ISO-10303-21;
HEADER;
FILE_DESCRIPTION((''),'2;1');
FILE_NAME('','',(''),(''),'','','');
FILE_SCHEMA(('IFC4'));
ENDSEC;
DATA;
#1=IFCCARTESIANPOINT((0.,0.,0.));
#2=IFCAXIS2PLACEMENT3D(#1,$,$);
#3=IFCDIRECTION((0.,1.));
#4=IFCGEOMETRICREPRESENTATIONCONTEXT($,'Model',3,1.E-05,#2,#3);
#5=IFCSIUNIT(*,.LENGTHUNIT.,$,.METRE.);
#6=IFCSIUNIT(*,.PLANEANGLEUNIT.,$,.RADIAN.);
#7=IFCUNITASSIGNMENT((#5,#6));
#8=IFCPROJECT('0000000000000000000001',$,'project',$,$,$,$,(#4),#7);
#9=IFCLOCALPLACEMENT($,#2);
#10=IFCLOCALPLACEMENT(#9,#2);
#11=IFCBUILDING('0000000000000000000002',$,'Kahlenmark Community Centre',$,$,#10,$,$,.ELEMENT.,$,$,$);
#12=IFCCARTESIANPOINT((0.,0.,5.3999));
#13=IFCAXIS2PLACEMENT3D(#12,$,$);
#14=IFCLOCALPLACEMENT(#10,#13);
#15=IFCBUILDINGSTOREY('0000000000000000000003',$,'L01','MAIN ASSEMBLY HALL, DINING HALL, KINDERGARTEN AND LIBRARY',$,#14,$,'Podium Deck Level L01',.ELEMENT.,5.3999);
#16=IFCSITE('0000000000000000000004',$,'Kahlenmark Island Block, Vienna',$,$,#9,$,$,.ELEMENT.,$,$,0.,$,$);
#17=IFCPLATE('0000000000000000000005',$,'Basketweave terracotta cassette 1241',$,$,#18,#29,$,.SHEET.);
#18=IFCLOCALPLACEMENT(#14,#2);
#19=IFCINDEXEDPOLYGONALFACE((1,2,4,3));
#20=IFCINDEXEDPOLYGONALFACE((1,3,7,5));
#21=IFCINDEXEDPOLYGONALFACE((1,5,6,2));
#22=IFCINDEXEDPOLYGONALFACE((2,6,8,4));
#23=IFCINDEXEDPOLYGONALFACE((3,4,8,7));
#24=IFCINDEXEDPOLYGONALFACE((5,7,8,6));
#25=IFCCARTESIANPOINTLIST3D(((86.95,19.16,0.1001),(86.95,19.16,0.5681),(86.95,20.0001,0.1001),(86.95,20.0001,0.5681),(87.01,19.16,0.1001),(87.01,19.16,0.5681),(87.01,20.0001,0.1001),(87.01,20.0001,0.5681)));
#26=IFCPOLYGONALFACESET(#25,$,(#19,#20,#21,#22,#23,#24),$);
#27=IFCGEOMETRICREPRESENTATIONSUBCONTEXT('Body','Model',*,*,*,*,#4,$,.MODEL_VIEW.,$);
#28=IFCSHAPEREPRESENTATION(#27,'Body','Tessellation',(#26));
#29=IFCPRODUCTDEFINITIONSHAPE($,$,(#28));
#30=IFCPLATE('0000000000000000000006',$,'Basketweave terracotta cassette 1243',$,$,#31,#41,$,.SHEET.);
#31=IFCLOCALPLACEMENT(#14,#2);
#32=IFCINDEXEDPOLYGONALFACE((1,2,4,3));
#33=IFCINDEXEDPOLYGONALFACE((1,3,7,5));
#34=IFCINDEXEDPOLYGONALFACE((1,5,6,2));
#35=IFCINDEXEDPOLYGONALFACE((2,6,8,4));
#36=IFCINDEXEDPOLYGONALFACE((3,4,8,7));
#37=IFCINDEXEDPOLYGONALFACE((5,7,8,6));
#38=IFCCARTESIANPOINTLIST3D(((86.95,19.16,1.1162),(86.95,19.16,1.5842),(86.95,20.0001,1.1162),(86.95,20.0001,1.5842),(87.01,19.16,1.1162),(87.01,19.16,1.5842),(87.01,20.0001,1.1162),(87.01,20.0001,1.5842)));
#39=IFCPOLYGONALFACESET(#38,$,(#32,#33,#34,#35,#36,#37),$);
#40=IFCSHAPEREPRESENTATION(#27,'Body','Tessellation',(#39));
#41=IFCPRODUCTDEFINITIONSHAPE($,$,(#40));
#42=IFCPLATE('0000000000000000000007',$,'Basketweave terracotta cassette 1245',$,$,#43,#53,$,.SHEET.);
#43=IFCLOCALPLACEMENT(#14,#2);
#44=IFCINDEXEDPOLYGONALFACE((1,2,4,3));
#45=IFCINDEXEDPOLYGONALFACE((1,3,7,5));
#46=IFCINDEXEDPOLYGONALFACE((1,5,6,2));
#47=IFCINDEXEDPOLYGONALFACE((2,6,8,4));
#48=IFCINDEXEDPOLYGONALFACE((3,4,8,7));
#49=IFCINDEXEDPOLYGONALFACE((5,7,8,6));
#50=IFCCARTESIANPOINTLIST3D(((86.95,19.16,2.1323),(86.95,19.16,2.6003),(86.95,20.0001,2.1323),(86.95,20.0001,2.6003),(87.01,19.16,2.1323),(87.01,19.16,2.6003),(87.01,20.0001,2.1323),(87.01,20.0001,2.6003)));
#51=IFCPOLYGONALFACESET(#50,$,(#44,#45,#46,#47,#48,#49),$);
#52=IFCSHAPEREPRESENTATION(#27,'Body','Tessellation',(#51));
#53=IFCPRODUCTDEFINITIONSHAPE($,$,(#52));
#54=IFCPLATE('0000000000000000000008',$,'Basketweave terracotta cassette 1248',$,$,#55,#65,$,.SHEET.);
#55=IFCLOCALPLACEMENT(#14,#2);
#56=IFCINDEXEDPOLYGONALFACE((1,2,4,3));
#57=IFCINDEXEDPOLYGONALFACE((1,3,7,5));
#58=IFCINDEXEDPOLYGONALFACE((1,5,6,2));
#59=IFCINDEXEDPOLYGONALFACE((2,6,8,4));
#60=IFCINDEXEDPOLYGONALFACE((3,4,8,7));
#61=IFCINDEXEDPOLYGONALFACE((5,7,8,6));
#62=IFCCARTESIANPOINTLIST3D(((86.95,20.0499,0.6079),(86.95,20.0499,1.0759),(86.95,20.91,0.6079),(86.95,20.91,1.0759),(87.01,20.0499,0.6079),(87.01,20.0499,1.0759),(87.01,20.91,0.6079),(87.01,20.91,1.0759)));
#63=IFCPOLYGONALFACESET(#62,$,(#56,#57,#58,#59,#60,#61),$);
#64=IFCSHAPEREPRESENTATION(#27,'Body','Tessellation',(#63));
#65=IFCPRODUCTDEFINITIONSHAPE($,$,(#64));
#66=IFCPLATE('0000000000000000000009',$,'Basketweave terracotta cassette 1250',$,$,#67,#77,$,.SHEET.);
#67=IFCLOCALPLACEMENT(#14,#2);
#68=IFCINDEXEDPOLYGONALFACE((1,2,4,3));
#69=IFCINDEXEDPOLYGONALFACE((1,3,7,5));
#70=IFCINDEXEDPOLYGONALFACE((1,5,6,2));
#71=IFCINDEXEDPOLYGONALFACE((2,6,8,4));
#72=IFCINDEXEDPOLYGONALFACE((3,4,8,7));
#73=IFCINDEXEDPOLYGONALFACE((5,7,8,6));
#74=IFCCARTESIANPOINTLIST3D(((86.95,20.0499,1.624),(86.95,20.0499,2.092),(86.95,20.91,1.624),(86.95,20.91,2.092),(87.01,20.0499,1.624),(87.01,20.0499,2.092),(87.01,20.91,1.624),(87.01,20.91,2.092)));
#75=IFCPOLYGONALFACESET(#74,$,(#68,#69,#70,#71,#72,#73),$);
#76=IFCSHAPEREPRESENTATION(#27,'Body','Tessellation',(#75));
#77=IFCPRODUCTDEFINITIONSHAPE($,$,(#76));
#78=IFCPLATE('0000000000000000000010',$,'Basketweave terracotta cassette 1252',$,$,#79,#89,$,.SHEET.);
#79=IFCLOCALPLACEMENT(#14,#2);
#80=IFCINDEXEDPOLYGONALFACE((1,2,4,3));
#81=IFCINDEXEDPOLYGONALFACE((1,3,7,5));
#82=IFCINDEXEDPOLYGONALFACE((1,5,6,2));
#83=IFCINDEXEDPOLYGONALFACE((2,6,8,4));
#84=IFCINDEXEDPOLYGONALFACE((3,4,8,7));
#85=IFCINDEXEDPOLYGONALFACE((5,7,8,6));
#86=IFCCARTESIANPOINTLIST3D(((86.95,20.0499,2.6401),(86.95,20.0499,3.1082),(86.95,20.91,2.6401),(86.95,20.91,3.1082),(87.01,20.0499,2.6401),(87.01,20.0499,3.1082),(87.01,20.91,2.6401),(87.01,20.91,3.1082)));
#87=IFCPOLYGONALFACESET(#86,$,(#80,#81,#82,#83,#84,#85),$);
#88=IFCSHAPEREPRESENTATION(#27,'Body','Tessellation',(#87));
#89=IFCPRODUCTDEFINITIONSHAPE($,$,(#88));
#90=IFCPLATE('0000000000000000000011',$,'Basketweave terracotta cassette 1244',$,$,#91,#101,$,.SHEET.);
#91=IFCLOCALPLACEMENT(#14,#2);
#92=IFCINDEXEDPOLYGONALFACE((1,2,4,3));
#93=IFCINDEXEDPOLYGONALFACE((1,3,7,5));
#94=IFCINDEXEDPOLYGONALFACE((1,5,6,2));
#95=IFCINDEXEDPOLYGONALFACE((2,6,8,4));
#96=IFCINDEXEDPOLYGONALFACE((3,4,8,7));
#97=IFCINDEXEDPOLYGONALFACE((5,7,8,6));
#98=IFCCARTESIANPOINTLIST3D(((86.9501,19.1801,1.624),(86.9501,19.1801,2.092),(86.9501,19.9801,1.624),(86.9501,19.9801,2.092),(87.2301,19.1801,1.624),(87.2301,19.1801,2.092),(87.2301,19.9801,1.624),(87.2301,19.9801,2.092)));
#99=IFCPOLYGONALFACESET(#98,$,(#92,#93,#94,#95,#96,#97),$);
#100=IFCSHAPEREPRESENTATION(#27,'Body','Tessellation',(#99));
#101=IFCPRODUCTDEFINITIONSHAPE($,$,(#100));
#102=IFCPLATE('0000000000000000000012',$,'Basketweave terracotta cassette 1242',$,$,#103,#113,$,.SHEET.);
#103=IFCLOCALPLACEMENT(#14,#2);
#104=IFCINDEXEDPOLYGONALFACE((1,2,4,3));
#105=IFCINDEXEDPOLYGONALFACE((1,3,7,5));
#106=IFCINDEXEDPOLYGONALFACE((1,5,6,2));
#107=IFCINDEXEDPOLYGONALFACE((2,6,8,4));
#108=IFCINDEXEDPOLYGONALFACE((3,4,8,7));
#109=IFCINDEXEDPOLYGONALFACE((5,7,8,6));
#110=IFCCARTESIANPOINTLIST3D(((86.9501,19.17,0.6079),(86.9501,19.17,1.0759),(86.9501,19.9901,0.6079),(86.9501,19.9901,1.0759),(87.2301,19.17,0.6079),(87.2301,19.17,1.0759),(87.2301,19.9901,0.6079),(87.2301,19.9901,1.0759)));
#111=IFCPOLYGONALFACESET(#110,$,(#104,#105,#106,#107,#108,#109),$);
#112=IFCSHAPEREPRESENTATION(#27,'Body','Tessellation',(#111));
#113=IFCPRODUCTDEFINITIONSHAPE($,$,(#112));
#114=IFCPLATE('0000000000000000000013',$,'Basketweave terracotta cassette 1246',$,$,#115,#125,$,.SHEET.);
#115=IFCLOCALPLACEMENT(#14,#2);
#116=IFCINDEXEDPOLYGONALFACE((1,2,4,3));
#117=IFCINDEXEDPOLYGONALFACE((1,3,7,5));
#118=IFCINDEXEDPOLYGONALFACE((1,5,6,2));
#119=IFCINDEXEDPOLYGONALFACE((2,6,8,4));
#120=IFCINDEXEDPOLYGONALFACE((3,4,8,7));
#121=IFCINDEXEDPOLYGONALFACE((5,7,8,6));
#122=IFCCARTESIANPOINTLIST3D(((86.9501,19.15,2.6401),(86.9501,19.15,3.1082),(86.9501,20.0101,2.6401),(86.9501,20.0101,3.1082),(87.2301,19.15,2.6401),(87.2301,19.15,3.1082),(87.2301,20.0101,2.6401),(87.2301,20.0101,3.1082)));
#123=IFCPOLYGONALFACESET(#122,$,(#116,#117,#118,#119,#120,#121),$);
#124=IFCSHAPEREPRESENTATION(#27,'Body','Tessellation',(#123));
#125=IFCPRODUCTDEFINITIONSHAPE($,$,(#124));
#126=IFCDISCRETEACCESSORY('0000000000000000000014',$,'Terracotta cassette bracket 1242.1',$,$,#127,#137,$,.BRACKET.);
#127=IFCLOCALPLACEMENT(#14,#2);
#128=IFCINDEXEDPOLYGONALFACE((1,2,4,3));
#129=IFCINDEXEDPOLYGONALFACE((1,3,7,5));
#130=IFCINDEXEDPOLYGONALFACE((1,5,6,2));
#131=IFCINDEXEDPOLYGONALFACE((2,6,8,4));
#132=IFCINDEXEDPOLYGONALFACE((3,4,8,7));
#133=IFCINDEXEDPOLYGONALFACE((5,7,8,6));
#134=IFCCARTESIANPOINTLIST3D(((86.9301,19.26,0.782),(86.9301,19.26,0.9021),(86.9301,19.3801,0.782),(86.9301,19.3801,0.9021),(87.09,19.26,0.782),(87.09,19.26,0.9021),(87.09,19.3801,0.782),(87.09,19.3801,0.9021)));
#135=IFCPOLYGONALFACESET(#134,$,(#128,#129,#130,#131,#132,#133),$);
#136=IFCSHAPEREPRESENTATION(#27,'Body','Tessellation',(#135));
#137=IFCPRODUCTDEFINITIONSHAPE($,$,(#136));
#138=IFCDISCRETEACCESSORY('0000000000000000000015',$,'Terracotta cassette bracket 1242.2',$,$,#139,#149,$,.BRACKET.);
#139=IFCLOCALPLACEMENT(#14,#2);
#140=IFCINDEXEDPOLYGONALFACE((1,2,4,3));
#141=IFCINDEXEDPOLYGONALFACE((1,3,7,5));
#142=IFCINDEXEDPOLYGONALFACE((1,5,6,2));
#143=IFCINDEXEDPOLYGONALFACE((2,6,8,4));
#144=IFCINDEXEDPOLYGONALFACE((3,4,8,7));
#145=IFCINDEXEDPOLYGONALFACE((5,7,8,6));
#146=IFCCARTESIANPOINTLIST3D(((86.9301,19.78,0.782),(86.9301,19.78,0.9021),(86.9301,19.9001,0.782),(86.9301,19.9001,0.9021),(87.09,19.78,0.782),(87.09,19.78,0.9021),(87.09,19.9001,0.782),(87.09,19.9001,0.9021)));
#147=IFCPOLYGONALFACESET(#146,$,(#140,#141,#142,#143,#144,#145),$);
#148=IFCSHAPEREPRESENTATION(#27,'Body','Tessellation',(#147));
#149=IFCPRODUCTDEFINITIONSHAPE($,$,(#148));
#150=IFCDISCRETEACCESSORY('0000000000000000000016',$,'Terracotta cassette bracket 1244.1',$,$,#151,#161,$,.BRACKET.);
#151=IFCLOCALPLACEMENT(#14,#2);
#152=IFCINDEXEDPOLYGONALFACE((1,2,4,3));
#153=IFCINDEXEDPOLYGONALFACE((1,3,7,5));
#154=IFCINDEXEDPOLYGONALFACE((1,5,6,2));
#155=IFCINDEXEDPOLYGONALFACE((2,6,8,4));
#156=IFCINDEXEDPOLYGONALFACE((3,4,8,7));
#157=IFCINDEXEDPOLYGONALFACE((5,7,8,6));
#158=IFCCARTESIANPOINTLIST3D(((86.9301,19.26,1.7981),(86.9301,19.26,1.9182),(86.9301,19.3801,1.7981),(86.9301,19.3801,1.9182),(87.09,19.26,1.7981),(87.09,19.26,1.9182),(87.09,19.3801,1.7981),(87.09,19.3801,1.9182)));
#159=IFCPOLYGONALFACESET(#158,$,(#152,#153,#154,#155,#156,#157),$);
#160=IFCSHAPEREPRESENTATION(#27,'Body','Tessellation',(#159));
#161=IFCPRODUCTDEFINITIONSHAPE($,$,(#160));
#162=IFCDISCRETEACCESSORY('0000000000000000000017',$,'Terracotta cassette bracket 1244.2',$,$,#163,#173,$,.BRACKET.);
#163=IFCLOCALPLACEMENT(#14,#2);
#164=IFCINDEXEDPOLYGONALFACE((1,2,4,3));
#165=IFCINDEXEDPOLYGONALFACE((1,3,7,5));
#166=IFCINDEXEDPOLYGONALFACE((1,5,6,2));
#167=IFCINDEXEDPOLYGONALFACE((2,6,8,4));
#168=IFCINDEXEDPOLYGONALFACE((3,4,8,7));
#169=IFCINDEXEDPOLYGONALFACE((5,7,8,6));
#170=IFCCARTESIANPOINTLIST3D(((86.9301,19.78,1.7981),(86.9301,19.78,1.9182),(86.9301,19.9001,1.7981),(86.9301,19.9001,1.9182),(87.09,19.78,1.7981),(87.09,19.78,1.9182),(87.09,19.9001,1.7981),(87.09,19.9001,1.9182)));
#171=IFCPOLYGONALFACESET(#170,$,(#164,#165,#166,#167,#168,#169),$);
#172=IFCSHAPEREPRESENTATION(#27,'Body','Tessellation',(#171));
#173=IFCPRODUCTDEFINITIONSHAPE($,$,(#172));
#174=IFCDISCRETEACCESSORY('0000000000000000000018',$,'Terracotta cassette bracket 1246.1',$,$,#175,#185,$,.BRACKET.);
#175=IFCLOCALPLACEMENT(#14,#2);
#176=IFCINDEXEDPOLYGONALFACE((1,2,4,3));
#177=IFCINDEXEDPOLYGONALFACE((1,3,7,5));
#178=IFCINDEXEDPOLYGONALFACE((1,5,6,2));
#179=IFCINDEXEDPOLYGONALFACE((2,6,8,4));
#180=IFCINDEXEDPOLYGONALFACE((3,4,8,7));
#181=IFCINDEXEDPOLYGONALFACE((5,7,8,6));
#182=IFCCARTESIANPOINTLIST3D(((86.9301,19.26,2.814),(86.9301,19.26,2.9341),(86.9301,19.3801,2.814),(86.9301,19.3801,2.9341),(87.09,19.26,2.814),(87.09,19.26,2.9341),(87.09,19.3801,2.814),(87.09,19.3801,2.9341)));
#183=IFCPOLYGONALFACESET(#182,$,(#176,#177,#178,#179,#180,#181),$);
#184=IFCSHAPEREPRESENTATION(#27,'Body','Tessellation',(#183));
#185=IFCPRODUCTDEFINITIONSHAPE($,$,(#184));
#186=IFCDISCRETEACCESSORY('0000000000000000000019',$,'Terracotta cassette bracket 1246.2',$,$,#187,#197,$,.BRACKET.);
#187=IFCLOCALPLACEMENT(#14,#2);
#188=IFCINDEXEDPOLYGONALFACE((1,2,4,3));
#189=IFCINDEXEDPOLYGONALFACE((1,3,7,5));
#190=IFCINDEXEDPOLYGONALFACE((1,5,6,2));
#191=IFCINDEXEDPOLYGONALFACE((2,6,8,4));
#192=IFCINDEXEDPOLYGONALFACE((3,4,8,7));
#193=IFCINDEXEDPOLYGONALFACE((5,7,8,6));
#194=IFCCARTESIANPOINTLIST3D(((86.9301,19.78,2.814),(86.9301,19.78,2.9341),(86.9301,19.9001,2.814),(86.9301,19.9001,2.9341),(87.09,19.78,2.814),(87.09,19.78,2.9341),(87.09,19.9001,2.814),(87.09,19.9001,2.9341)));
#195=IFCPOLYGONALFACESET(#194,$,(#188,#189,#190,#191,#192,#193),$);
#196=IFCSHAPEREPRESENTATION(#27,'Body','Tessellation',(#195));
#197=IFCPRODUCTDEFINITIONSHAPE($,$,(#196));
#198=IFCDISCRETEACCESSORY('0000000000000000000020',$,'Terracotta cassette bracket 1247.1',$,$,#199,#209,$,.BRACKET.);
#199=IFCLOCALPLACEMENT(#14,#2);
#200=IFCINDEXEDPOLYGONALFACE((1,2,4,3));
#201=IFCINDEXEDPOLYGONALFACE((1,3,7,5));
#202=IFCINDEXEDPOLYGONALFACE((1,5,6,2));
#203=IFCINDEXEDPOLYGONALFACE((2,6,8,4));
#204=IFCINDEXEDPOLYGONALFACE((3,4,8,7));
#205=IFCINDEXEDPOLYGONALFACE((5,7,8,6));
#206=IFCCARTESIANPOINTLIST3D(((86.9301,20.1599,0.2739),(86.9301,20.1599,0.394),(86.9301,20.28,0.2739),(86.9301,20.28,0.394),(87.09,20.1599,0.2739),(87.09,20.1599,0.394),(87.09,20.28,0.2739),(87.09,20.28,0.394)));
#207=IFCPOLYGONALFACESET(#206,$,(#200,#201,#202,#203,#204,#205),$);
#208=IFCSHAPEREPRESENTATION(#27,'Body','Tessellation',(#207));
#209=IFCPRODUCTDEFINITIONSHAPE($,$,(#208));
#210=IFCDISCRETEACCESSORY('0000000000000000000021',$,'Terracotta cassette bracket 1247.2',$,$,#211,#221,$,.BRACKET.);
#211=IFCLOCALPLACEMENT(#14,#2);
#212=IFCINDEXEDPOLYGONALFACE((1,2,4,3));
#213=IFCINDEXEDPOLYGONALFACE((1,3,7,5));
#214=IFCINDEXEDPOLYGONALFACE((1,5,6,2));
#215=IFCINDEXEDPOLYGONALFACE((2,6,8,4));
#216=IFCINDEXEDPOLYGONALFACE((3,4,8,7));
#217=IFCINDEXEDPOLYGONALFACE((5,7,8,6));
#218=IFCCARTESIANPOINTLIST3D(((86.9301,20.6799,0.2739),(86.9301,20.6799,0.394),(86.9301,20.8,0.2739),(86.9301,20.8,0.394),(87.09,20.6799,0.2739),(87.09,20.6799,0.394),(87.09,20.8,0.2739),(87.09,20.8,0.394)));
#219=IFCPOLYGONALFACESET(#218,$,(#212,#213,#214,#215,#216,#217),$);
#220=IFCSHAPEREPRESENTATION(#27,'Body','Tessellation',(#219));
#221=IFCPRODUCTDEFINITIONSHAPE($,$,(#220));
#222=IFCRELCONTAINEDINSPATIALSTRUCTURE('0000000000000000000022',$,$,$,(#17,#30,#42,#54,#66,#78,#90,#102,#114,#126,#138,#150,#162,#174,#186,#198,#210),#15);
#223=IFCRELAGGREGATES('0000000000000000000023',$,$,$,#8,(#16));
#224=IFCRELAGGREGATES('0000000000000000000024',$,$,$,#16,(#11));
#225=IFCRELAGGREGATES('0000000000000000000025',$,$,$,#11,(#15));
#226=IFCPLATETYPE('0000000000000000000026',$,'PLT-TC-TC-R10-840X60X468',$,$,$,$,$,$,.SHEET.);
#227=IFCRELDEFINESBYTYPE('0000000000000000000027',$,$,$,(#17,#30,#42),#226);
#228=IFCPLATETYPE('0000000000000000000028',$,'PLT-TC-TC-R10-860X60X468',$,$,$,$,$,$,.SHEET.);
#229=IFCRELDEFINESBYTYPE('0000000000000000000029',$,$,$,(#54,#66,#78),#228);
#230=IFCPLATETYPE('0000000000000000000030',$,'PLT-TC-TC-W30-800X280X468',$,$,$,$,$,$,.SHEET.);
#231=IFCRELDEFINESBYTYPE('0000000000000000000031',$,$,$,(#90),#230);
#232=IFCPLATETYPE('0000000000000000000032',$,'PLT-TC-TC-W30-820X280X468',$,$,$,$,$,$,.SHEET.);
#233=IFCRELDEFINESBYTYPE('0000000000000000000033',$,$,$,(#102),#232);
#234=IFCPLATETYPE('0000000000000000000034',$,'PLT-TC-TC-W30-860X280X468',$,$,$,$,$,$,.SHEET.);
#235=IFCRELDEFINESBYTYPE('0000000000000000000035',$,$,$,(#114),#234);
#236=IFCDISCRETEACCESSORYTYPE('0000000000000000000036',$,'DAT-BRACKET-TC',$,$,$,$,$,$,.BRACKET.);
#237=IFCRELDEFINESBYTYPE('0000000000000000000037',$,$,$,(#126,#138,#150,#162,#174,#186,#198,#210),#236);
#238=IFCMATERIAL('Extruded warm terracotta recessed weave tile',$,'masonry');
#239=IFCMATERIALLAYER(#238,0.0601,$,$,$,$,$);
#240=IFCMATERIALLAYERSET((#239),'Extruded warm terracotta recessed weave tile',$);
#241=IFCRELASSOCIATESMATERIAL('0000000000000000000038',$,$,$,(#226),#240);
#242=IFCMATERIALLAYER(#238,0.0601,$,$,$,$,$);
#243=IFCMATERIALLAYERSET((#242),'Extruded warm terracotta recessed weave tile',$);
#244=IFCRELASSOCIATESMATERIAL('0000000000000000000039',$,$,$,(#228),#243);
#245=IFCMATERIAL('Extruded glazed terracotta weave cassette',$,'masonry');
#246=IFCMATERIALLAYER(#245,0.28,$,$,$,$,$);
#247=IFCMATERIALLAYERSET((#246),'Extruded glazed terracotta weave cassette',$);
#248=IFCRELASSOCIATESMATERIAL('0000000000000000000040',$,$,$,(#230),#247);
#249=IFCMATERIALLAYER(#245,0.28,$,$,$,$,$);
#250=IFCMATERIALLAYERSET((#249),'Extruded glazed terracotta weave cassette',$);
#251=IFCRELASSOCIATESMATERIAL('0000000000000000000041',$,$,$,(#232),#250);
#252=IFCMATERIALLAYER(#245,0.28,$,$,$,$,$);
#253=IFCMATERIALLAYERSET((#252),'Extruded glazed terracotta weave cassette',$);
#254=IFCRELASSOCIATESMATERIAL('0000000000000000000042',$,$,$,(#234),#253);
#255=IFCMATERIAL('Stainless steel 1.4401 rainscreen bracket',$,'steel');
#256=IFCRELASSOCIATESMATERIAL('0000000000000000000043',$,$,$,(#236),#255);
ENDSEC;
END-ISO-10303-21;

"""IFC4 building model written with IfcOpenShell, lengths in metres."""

from ifc_helpers import new_model, si_unit, direction, frame, origin, origin_2d, place, context, subcontext, project, spatial, rectangle, extrude, material, layer, layer_set, type_object, element, save


model = new_model("IFC4")

# Units and contexts
model_context = context("Model", 3, precision=1e-05, world=origin(), true_north=direction((0.0, 1.0)))
body_context = subcontext(model_context, "Body", "Model", "MODEL_VIEW")
ifc_project = project(units=[si_unit("LENGTHUNIT", "METRE"), si_unit("PLANEANGLEUNIT", "RADIAN")], contexts=[model_context])

# Site, building, storey
site_placement = place(None, origin())
site = spatial("IfcSite", under=ifc_project, at=site_placement, Name="Kahlenmark Island Block, Vienna", CompositionType="ELEMENT", RefElevation=0.0)
building_placement = place(site_placement, origin())
building = spatial("IfcBuilding", under=site, at=building_placement, Name="Kahlenmark Community Centre", CompositionType="ELEMENT")
storey_placement = place(building_placement, frame((0.0, 0.0, 5.3999)))
storey = spatial("IfcBuildingStorey", under=building, at=storey_placement, Name="L01", Description="MAIN ASSEMBLY HALL, DINING HALL, KINDERGARTEN AND LIBRARY", LongName="Podium Deck Level L01", CompositionType="ELEMENT", Elevation=5.3999)

# Plates
ifc_material_1 = material(Name="Extruded warm terracotta recessed weave tile", Category="masonry")
ifc_layer_1 = layer(ifc_material_1, 0.0601)
ifc_layer_set_1 = layer_set([ifc_layer_1], Name="Extruded warm terracotta recessed weave tile")
plate_type_1 = type_object("IfcPlateType", Name="PLT-TC-TC-R10-840X60X468", PredefinedType="SHEET", material=ifc_layer_set_1)
for number, where, z_axis, x_axis, name in (
    (1, (86.98, 19.5801, 0.1001), (0.0, 0.0, 1.0), (0.0, 1.0, 0.0), "Basketweave terracotta cassette 1241"),
    (2, (86.98, 19.5801, 1.1162), (0.0, 0.0, 1.0), (0.0, 1.0, 0.0), "Basketweave terracotta cassette 1243"),
    (3, (86.98, 19.5801, 2.1323), (0.0, 0.0, 1.0), (0.0, 1.0, 0.0), "Basketweave terracotta cassette 1245"),
):
    element("IfcPlate", number, at=place(storey_placement, frame(where, z_axis=z_axis, x_axis=x_axis)), inside=storey, type_object=plate_type_1, Name=name, PredefinedType="SHEET", context=body_context, shape_type="SweptSolid", body=[
        extrude(rectangle(XDim=0.8401, YDim=0.0601, at=origin_2d()), origin(), (0.0, 0.0, 1.0), 0.468),
    ])
ifc_layer_2 = layer(ifc_material_1, 0.0601)
ifc_layer_set_2 = layer_set([ifc_layer_2], Name="Extruded warm terracotta recessed weave tile")
plate_type_2 = type_object("IfcPlateType", Name="PLT-TC-TC-R10-860X60X468", PredefinedType="SHEET", material=ifc_layer_set_2)
for number, where, z_axis, x_axis, name in (
    (4, (86.98, 20.48, 0.6079), (0.0, 0.0, 1.0), (0.0, 1.0, 0.0), "Basketweave terracotta cassette 1248"),
    (5, (86.98, 20.48, 1.624), (0.0, 0.0, 1.0), (0.0, 1.0, 0.0), "Basketweave terracotta cassette 1250"),
    (6, (86.98, 20.48, 2.6401), (0.0, 0.0, 1.0), (0.0, 1.0, 0.0), "Basketweave terracotta cassette 1252"),
):
    element("IfcPlate", number, at=place(storey_placement, frame(where, z_axis=z_axis, x_axis=x_axis)), inside=storey, type_object=plate_type_2, Name=name, PredefinedType="SHEET", context=body_context, shape_type="SweptSolid", body=[
        extrude(rectangle(XDim=0.8601, YDim=0.0601, at=origin_2d()), origin(), (0.0, 0.0, 1.0), 0.468),
    ])
ifc_material_2 = material(Name="Extruded glazed terracotta weave cassette", Category="masonry")
ifc_layer_3 = layer(ifc_material_2, 0.28)
ifc_layer_set_3 = layer_set([ifc_layer_3], Name="Extruded glazed terracotta weave cassette")
plate_type_3 = type_object("IfcPlateType", Name="PLT-TC-TC-W30-800X280X468", PredefinedType="SHEET", material=ifc_layer_set_3)
plate_1_placement = place(storey_placement, frame((87.0901, 19.5801, 1.624), z_axis=(0.0, 0.0, 1.0), x_axis=(0.0, 1.0, 0.0)))
element("IfcPlate", 7, at=plate_1_placement, inside=storey, type_object=plate_type_3, Name="Basketweave terracotta cassette 1244", PredefinedType="SHEET", context=body_context, shape_type="SweptSolid", body=[
    extrude(rectangle(XDim=0.8, YDim=0.28, at=origin_2d()), origin(), (0.0, 0.0, 1.0), 0.468),
])
ifc_layer_4 = layer(ifc_material_2, 0.28)
ifc_layer_set_4 = layer_set([ifc_layer_4], Name="Extruded glazed terracotta weave cassette")
plate_type_4 = type_object("IfcPlateType", Name="PLT-TC-TC-W30-820X280X468", PredefinedType="SHEET", material=ifc_layer_set_4)
plate_2_placement = place(storey_placement, frame((87.0901, 19.5801, 0.6079), z_axis=(0.0, 0.0, 1.0), x_axis=(0.0, 1.0, 0.0)))
element("IfcPlate", 8, at=plate_2_placement, inside=storey, type_object=plate_type_4, Name="Basketweave terracotta cassette 1242", PredefinedType="SHEET", context=body_context, shape_type="SweptSolid", body=[
    extrude(rectangle(XDim=0.8201, YDim=0.28, at=origin_2d()), origin(), (0.0, 0.0, 1.0), 0.468),
])
ifc_layer_5 = layer(ifc_material_2, 0.28)
ifc_layer_set_5 = layer_set([ifc_layer_5], Name="Extruded glazed terracotta weave cassette")
plate_type_5 = type_object("IfcPlateType", Name="PLT-TC-TC-W30-860X280X468", PredefinedType="SHEET", material=ifc_layer_set_5)
plate_3_placement = place(storey_placement, frame((87.0901, 19.5801, 2.6401), z_axis=(0.0, 0.0, 1.0), x_axis=(0.0, 1.0, 0.0)))
element("IfcPlate", 9, at=plate_3_placement, inside=storey, type_object=plate_type_5, Name="Basketweave terracotta cassette 1246", PredefinedType="SHEET", context=body_context, shape_type="SweptSolid", body=[
    extrude(rectangle(XDim=0.8601, YDim=0.28, at=origin_2d()), origin(), (0.0, 0.0, 1.0), 0.468),
])

# Discrete accessories
ifc_material_3 = material(Name="Stainless steel 1.4401 rainscreen bracket", Category="steel")
discrete_accessory_type = type_object("IfcDiscreteAccessoryType", Name="DAT-BRACKET-TC", PredefinedType="BRACKET", material=ifc_material_3)
for number, where, z_axis, x_axis, name in (
    (10, (87.01, 19.3201, 0.782), (0.0, 0.0, 1.0), (0.0, 1.0, 0.0), "Terracotta cassette bracket 1242.1"),
    (11, (87.01, 19.8401, 0.782), (0.0, 0.0, 1.0), (0.0, 1.0, 0.0), "Terracotta cassette bracket 1242.2"),
    (12, (87.01, 19.3201, 1.7981), (0.0, 0.0, 1.0), (0.0, 1.0, 0.0), "Terracotta cassette bracket 1244.1"),
    (13, (87.01, 19.8401, 1.7981), (0.0, 0.0, 1.0), (0.0, 1.0, 0.0), "Terracotta cassette bracket 1244.2"),
    (14, (87.01, 19.3201, 2.814), (0.0, 0.0, 1.0), (0.0, 1.0, 0.0), "Terracotta cassette bracket 1246.1"),
    (15, (87.01, 19.8401, 2.814), (0.0, 0.0, 1.0), (0.0, 1.0, 0.0), "Terracotta cassette bracket 1246.2"),
    (16, (87.01, 20.22, 0.2739), (0.0, 0.0, 1.0), (0.0, 1.0, 0.0), "Terracotta cassette bracket 1247.1"),
    (17, (87.01, 20.74, 0.2739), (0.0, 0.0, 1.0), (0.0, 1.0, 0.0), "Terracotta cassette bracket 1247.2"),
):
    element("IfcDiscreteAccessory", number, at=place(storey_placement, frame(where, z_axis=z_axis, x_axis=x_axis)), inside=storey, type_object=discrete_accessory_type, Name=name, PredefinedType="BRACKET", context=body_context, shape_type="SweptSolid", body=[
        extrude(rectangle(XDim=0.1201, YDim=0.1599, at=origin_2d()), origin(), (0.0, 0.0, 1.0), 0.1201),
    ])

save(model, "model.ifc")
